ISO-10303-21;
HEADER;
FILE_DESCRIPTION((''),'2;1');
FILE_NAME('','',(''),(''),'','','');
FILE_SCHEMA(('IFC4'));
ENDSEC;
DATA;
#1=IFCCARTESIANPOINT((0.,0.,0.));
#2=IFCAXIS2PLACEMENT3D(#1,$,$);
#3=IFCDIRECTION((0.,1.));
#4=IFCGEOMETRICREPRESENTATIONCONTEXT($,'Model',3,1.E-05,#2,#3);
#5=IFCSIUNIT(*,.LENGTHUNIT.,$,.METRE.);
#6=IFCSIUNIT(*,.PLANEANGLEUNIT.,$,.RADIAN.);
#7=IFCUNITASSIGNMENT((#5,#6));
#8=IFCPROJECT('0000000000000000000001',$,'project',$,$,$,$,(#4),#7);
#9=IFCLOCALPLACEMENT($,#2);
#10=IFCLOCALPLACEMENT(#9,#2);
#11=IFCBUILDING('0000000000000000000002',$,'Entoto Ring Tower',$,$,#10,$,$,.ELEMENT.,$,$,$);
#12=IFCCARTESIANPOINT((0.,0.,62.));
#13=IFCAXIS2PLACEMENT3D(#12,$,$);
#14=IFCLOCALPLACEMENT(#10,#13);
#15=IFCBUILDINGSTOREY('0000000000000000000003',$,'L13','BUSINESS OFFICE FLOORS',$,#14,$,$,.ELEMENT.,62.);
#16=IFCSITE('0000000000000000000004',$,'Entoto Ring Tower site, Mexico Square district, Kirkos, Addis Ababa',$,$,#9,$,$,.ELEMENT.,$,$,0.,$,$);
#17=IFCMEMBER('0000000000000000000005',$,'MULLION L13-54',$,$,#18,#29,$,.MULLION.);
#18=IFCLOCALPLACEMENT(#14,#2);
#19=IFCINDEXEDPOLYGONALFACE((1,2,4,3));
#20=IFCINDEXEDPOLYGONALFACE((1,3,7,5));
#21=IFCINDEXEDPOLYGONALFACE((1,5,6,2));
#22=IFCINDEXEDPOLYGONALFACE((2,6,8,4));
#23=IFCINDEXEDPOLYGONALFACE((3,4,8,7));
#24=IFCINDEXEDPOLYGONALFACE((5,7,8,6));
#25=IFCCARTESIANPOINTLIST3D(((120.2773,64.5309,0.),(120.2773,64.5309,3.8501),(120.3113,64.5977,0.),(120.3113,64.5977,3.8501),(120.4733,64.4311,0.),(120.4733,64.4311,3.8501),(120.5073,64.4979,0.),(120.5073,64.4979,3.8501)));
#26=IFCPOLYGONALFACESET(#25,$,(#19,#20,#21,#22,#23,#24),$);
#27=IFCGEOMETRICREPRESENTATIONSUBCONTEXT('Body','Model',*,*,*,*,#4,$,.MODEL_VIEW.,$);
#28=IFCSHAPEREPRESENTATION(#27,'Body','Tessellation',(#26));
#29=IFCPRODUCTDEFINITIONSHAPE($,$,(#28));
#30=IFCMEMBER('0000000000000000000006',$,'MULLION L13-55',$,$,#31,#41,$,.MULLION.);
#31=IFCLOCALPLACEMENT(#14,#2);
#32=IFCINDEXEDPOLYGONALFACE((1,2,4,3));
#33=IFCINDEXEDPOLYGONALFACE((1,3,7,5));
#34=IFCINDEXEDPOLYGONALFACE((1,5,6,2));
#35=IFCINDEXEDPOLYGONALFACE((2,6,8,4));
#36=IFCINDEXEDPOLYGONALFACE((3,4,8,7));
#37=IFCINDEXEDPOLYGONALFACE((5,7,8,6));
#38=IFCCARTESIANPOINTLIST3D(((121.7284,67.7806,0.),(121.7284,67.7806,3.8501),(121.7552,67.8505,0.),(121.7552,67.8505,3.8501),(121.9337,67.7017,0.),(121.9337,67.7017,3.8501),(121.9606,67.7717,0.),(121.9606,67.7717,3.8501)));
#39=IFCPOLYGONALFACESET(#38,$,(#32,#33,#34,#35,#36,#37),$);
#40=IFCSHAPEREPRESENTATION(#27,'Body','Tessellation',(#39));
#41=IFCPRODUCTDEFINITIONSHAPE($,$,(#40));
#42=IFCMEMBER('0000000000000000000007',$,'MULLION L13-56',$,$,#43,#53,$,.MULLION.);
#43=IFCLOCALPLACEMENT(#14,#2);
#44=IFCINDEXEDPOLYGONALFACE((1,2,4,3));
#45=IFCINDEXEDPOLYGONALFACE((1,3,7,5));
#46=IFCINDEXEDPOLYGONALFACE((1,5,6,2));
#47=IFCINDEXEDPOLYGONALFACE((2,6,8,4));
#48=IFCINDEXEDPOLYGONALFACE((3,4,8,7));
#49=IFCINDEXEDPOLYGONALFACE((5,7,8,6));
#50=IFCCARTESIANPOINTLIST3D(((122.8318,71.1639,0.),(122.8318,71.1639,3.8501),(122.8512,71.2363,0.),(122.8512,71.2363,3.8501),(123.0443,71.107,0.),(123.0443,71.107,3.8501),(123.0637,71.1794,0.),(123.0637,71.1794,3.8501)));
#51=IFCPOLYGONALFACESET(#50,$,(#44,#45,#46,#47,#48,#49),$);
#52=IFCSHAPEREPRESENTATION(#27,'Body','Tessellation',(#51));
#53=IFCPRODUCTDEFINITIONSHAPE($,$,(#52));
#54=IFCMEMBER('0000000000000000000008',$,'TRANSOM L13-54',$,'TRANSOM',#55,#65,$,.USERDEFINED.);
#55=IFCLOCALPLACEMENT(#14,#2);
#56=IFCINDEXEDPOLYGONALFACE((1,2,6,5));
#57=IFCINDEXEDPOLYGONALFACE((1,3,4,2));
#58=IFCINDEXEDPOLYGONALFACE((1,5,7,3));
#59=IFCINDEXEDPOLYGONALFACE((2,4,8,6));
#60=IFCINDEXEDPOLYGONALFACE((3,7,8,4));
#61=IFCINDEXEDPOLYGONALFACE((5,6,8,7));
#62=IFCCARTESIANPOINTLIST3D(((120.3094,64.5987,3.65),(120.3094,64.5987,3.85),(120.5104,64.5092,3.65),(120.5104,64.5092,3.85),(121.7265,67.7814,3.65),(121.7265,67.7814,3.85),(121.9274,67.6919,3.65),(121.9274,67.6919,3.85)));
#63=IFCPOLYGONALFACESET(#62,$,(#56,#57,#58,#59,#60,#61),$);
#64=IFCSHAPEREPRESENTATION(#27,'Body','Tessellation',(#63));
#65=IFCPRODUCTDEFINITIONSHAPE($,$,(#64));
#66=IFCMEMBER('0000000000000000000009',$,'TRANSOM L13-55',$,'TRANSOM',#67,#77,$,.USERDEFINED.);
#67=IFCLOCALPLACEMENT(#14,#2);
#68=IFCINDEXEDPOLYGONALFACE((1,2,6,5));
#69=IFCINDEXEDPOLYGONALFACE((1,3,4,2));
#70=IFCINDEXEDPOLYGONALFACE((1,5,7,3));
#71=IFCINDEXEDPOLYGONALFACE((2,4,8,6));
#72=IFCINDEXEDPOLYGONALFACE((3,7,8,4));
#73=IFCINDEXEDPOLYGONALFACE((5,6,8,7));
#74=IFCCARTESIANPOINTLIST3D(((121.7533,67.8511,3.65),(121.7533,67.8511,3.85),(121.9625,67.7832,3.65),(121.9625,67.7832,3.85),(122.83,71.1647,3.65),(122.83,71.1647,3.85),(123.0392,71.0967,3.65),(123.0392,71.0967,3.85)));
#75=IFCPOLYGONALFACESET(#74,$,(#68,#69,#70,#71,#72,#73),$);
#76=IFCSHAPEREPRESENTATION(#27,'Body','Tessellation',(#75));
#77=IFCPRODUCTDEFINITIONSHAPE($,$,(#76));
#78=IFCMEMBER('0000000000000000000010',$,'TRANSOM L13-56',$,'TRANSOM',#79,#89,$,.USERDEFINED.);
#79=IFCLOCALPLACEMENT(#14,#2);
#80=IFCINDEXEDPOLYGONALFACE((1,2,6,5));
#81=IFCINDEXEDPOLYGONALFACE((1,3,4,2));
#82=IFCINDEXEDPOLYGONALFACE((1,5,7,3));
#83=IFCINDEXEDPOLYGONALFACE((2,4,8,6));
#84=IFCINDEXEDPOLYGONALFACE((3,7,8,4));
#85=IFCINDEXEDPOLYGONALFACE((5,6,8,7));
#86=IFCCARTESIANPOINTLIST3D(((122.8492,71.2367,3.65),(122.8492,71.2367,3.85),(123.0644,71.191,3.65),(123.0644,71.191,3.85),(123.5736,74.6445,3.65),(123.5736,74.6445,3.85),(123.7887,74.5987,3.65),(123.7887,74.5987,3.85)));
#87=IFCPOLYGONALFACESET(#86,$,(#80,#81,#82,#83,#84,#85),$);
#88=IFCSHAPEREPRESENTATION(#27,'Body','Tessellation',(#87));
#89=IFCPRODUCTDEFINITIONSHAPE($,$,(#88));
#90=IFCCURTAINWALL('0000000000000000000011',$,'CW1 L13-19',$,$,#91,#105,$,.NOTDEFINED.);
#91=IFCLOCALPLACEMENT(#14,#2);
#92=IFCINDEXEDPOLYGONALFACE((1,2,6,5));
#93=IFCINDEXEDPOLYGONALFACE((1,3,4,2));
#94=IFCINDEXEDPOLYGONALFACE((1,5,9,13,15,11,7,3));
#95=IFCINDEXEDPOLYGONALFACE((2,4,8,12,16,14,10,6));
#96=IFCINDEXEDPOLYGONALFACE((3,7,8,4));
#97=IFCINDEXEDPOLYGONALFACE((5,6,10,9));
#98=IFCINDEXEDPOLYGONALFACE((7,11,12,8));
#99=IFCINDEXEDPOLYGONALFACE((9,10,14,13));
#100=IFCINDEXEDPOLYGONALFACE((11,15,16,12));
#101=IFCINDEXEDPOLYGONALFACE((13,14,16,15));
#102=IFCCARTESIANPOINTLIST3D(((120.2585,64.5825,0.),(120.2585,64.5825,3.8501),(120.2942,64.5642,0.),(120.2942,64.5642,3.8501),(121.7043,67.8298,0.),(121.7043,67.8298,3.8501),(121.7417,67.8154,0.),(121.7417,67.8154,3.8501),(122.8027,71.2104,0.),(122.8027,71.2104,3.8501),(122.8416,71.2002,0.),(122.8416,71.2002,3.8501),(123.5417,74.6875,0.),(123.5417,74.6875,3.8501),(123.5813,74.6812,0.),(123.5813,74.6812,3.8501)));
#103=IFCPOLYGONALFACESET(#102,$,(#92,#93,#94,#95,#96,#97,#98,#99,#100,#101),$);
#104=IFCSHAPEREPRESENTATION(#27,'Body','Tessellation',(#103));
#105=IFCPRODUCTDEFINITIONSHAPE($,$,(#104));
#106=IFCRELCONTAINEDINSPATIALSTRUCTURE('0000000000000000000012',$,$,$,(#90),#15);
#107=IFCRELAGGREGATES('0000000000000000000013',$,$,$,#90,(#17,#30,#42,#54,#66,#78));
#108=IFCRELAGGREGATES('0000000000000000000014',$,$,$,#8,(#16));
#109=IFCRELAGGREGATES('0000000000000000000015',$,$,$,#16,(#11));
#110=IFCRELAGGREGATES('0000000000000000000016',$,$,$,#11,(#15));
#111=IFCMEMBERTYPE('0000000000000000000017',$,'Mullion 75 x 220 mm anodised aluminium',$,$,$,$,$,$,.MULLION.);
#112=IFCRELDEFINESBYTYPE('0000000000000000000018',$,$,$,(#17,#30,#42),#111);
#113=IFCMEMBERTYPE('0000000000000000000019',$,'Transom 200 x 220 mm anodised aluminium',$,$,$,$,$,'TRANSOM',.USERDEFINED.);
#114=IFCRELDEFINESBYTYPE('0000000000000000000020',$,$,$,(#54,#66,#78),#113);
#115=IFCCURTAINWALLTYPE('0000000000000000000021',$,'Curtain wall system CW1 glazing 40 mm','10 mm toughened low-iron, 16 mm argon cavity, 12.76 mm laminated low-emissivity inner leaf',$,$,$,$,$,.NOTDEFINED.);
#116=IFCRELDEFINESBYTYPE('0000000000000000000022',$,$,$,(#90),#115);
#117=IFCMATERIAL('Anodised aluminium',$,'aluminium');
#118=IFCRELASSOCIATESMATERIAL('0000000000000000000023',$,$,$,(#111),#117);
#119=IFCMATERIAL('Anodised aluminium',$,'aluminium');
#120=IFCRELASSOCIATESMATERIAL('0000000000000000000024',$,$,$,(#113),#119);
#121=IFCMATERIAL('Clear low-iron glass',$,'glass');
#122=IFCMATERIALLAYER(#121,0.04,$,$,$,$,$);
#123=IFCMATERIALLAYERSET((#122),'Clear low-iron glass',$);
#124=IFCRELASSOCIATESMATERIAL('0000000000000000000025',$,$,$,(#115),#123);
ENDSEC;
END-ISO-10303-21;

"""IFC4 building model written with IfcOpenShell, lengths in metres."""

from ifc_helpers import new_model, si_unit, direction, frame, origin, origin_2d, place, context, subcontext, project, spatial, polyline, rectangle, outline, extrude, material, layer, layer_set, material_profile, profile_set, type_object, element, aggregate, save


model = new_model("IFC4")

# Units and contexts
model_context = context("Model", 3, precision=1e-05, world=origin(), true_north=direction((0.0, 1.0)))
body_context = subcontext(model_context, "Body", "Model", "MODEL_VIEW")
ifc_project = project(units=[si_unit("LENGTHUNIT", "METRE"), si_unit("PLANEANGLEUNIT", "RADIAN")], contexts=[model_context])

# Members
ifc_material_1 = material(Name="Anodised aluminium", Category="aluminium")
ifc_material_profile_1 = material_profile(ifc_material_1, rectangle(XDim=0.075, YDim=0.22, at=origin_2d()), Name="Mullion 75 x 220 mm anodised aluminium")
ifc_profile_set_1 = profile_set([ifc_material_profile_1], Name="Anodised aluminium")
member_type_1 = type_object("IfcMemberType", Name="Mullion 75 x 220 mm anodised aluminium", PredefinedType="MULLION", material=ifc_profile_set_1)
site_placement = place(None, origin())
building_placement = place(site_placement, origin())
storey_placement = place(building_placement, frame((0.0, 0.0, 62.0)))
member_1_placement = place(storey_placement, frame((120.3923, 64.5144, 0.0), z_axis=(0.0, 0.0, 1.0), x_axis=(0.45399, 0.891007, 0.0)))
member_1 = element("IfcMember", 1, at=member_1_placement, type_object=member_type_1, Name="MULLION L13-54", PredefinedType="MULLION", context=body_context, shape_type="SweptSolid", body=[
    extrude(rectangle(XDim=0.075, YDim=0.22, at=origin_2d()), origin(), (0.0, 0.0, 1.0), 3.8501),
])
member_2_placement = place(storey_placement, frame((121.8445, 67.7761, 0.0), z_axis=(0.0, 0.0, 1.0), x_axis=(0.358368, 0.93358, 0.0)))
member_2 = element("IfcMember", 2, at=member_2_placement, type_object=member_type_1, Name="MULLION L13-55", PredefinedType="MULLION", context=body_context, shape_type="SweptSolid", body=[
    extrude(rectangle(XDim=0.075, YDim=0.22, at=origin_2d()), origin(), (0.0, 0.0, 1.0), 3.8501),
])
member_3_placement = place(storey_placement, frame((122.9478, 71.1716, 0.0), z_axis=(0.0, 0.0, 1.0), x_axis=(0.258819, 0.965926, 0.0)))
member_3 = element("IfcMember", 3, at=member_3_placement, type_object=member_type_1, Name="MULLION L13-56", PredefinedType="MULLION", context=body_context, shape_type="SweptSolid", body=[
    extrude(rectangle(XDim=0.075, YDim=0.22, at=origin_2d()), origin(), (0.0, 0.0, 1.0), 3.8501),
])
ifc_material_2 = material(Name="Anodised aluminium", Category="aluminium")
ifc_material_profile_2 = material_profile(ifc_material_2, rectangle(XDim=0.22, YDim=0.2, at=origin_2d()), Name="Transom 200 x 220 mm anodised aluminium")
ifc_profile_set_2 = profile_set([ifc_material_profile_2], Name="Anodised aluminium")
member_type_2 = type_object("IfcMemberType", Name="Transom 200 x 220 mm anodised aluminium", ElementType="TRANSOM", PredefinedType="USERDEFINED", material=ifc_profile_set_2)
member_4_placement = place(storey_placement, frame((120.4099, 64.554, 3.75), z_axis=(0.406737, 0.913545, 0.0), x_axis=(-0.913545, 0.406737, 0.0)))
member_4 = element("IfcMember", 4, at=member_4_placement, type_object=member_type_2, Name="TRANSOM L13-54", ObjectType="TRANSOM", PredefinedType="USERDEFINED", context=body_context, shape_type="SweptSolid", body=[
    extrude(rectangle(XDim=0.22, YDim=0.2, at=origin_2d()), origin(), (0.0, 0.0, 1.0), 3.4839),
])
member_5_placement = place(storey_placement, frame((121.8579, 67.8171, 3.75), z_axis=(0.309029, 0.951053, 0.0), x_axis=(-0.951053, 0.309029, 0.0)))
member_5 = element("IfcMember", 5, at=member_5_placement, type_object=member_type_2, Name="TRANSOM L13-55", ObjectType="TRANSOM", PredefinedType="USERDEFINED", context=body_context, shape_type="SweptSolid", body=[
    extrude(rectangle(XDim=0.22, YDim=0.2, at=origin_2d()), origin(), (0.0, 0.0, 1.0), 3.4841),
])
member_6_placement = place(storey_placement, frame((122.9568, 71.2139, 3.75), z_axis=(0.207921, 0.978146, 0.0), x_axis=(-0.978146, 0.207921, 0.0)))
member_6 = element("IfcMember", 6, at=member_6_placement, type_object=member_type_2, Name="TRANSOM L13-56", ObjectType="TRANSOM", PredefinedType="USERDEFINED", context=body_context, shape_type="SweptSolid", body=[
    extrude(rectangle(XDim=0.22, YDim=0.2, at=origin_2d()), origin(), (0.0, 0.0, 1.0), 3.4839),
])

# Site, building, storey
site = spatial("IfcSite", under=ifc_project, at=site_placement, Name="Entoto Ring Tower site, Mexico Square district, Kirkos, Addis Ababa", CompositionType="ELEMENT", RefElevation=0.0)
building = spatial("IfcBuilding", under=site, at=building_placement, Name="Entoto Ring Tower", CompositionType="ELEMENT")
storey = spatial("IfcBuildingStorey", under=building, at=storey_placement, Name="L13", Description="BUSINESS OFFICE FLOORS", CompositionType="ELEMENT", Elevation=62.0)

# Curtain wall
ifc_material_3 = material(Name="Clear low-iron glass", Category="glass")
ifc_layer_1 = layer(ifc_material_3, 0.04)
ifc_layer_set_1 = layer_set([ifc_layer_1], Name="Clear low-iron glass")
curtain_wall_type = type_object("IfcCurtainWallType", Name="Curtain wall system CW1 glazing 40 mm", Description="10 mm toughened low-iron, 16 mm argon cavity, 12.76 mm laminated low-emissivity inner leaf", PredefinedType="NOTDEFINED", material=ifc_layer_set_1)
curtain_wall_1_placement = place(storey_placement, origin())
curtain_wall_1 = element("IfcCurtainWall", 7, at=curtain_wall_1_placement, inside=storey, type_object=curtain_wall_type, Name="CW1 L13-19", PredefinedType="NOTDEFINED", context=body_context, shape_type="SweptSolid", body=[
    extrude(outline(polyline([(120.2942, 64.5642), (121.7417, 67.8154), (122.8416, 71.2002), (123.5813, 74.6812), (123.5417, 74.6875), (122.8027, 71.2104), (121.7043, 67.8298), (120.2585, 64.5825), (120.2942, 64.5642)])), origin(), (0.0, 0.0, 1.0), 3.8501),
])
aggregate(curtain_wall_1, [member_1, member_2, member_3, member_4, member_5, member_6])

save(model, "model.ifc")
